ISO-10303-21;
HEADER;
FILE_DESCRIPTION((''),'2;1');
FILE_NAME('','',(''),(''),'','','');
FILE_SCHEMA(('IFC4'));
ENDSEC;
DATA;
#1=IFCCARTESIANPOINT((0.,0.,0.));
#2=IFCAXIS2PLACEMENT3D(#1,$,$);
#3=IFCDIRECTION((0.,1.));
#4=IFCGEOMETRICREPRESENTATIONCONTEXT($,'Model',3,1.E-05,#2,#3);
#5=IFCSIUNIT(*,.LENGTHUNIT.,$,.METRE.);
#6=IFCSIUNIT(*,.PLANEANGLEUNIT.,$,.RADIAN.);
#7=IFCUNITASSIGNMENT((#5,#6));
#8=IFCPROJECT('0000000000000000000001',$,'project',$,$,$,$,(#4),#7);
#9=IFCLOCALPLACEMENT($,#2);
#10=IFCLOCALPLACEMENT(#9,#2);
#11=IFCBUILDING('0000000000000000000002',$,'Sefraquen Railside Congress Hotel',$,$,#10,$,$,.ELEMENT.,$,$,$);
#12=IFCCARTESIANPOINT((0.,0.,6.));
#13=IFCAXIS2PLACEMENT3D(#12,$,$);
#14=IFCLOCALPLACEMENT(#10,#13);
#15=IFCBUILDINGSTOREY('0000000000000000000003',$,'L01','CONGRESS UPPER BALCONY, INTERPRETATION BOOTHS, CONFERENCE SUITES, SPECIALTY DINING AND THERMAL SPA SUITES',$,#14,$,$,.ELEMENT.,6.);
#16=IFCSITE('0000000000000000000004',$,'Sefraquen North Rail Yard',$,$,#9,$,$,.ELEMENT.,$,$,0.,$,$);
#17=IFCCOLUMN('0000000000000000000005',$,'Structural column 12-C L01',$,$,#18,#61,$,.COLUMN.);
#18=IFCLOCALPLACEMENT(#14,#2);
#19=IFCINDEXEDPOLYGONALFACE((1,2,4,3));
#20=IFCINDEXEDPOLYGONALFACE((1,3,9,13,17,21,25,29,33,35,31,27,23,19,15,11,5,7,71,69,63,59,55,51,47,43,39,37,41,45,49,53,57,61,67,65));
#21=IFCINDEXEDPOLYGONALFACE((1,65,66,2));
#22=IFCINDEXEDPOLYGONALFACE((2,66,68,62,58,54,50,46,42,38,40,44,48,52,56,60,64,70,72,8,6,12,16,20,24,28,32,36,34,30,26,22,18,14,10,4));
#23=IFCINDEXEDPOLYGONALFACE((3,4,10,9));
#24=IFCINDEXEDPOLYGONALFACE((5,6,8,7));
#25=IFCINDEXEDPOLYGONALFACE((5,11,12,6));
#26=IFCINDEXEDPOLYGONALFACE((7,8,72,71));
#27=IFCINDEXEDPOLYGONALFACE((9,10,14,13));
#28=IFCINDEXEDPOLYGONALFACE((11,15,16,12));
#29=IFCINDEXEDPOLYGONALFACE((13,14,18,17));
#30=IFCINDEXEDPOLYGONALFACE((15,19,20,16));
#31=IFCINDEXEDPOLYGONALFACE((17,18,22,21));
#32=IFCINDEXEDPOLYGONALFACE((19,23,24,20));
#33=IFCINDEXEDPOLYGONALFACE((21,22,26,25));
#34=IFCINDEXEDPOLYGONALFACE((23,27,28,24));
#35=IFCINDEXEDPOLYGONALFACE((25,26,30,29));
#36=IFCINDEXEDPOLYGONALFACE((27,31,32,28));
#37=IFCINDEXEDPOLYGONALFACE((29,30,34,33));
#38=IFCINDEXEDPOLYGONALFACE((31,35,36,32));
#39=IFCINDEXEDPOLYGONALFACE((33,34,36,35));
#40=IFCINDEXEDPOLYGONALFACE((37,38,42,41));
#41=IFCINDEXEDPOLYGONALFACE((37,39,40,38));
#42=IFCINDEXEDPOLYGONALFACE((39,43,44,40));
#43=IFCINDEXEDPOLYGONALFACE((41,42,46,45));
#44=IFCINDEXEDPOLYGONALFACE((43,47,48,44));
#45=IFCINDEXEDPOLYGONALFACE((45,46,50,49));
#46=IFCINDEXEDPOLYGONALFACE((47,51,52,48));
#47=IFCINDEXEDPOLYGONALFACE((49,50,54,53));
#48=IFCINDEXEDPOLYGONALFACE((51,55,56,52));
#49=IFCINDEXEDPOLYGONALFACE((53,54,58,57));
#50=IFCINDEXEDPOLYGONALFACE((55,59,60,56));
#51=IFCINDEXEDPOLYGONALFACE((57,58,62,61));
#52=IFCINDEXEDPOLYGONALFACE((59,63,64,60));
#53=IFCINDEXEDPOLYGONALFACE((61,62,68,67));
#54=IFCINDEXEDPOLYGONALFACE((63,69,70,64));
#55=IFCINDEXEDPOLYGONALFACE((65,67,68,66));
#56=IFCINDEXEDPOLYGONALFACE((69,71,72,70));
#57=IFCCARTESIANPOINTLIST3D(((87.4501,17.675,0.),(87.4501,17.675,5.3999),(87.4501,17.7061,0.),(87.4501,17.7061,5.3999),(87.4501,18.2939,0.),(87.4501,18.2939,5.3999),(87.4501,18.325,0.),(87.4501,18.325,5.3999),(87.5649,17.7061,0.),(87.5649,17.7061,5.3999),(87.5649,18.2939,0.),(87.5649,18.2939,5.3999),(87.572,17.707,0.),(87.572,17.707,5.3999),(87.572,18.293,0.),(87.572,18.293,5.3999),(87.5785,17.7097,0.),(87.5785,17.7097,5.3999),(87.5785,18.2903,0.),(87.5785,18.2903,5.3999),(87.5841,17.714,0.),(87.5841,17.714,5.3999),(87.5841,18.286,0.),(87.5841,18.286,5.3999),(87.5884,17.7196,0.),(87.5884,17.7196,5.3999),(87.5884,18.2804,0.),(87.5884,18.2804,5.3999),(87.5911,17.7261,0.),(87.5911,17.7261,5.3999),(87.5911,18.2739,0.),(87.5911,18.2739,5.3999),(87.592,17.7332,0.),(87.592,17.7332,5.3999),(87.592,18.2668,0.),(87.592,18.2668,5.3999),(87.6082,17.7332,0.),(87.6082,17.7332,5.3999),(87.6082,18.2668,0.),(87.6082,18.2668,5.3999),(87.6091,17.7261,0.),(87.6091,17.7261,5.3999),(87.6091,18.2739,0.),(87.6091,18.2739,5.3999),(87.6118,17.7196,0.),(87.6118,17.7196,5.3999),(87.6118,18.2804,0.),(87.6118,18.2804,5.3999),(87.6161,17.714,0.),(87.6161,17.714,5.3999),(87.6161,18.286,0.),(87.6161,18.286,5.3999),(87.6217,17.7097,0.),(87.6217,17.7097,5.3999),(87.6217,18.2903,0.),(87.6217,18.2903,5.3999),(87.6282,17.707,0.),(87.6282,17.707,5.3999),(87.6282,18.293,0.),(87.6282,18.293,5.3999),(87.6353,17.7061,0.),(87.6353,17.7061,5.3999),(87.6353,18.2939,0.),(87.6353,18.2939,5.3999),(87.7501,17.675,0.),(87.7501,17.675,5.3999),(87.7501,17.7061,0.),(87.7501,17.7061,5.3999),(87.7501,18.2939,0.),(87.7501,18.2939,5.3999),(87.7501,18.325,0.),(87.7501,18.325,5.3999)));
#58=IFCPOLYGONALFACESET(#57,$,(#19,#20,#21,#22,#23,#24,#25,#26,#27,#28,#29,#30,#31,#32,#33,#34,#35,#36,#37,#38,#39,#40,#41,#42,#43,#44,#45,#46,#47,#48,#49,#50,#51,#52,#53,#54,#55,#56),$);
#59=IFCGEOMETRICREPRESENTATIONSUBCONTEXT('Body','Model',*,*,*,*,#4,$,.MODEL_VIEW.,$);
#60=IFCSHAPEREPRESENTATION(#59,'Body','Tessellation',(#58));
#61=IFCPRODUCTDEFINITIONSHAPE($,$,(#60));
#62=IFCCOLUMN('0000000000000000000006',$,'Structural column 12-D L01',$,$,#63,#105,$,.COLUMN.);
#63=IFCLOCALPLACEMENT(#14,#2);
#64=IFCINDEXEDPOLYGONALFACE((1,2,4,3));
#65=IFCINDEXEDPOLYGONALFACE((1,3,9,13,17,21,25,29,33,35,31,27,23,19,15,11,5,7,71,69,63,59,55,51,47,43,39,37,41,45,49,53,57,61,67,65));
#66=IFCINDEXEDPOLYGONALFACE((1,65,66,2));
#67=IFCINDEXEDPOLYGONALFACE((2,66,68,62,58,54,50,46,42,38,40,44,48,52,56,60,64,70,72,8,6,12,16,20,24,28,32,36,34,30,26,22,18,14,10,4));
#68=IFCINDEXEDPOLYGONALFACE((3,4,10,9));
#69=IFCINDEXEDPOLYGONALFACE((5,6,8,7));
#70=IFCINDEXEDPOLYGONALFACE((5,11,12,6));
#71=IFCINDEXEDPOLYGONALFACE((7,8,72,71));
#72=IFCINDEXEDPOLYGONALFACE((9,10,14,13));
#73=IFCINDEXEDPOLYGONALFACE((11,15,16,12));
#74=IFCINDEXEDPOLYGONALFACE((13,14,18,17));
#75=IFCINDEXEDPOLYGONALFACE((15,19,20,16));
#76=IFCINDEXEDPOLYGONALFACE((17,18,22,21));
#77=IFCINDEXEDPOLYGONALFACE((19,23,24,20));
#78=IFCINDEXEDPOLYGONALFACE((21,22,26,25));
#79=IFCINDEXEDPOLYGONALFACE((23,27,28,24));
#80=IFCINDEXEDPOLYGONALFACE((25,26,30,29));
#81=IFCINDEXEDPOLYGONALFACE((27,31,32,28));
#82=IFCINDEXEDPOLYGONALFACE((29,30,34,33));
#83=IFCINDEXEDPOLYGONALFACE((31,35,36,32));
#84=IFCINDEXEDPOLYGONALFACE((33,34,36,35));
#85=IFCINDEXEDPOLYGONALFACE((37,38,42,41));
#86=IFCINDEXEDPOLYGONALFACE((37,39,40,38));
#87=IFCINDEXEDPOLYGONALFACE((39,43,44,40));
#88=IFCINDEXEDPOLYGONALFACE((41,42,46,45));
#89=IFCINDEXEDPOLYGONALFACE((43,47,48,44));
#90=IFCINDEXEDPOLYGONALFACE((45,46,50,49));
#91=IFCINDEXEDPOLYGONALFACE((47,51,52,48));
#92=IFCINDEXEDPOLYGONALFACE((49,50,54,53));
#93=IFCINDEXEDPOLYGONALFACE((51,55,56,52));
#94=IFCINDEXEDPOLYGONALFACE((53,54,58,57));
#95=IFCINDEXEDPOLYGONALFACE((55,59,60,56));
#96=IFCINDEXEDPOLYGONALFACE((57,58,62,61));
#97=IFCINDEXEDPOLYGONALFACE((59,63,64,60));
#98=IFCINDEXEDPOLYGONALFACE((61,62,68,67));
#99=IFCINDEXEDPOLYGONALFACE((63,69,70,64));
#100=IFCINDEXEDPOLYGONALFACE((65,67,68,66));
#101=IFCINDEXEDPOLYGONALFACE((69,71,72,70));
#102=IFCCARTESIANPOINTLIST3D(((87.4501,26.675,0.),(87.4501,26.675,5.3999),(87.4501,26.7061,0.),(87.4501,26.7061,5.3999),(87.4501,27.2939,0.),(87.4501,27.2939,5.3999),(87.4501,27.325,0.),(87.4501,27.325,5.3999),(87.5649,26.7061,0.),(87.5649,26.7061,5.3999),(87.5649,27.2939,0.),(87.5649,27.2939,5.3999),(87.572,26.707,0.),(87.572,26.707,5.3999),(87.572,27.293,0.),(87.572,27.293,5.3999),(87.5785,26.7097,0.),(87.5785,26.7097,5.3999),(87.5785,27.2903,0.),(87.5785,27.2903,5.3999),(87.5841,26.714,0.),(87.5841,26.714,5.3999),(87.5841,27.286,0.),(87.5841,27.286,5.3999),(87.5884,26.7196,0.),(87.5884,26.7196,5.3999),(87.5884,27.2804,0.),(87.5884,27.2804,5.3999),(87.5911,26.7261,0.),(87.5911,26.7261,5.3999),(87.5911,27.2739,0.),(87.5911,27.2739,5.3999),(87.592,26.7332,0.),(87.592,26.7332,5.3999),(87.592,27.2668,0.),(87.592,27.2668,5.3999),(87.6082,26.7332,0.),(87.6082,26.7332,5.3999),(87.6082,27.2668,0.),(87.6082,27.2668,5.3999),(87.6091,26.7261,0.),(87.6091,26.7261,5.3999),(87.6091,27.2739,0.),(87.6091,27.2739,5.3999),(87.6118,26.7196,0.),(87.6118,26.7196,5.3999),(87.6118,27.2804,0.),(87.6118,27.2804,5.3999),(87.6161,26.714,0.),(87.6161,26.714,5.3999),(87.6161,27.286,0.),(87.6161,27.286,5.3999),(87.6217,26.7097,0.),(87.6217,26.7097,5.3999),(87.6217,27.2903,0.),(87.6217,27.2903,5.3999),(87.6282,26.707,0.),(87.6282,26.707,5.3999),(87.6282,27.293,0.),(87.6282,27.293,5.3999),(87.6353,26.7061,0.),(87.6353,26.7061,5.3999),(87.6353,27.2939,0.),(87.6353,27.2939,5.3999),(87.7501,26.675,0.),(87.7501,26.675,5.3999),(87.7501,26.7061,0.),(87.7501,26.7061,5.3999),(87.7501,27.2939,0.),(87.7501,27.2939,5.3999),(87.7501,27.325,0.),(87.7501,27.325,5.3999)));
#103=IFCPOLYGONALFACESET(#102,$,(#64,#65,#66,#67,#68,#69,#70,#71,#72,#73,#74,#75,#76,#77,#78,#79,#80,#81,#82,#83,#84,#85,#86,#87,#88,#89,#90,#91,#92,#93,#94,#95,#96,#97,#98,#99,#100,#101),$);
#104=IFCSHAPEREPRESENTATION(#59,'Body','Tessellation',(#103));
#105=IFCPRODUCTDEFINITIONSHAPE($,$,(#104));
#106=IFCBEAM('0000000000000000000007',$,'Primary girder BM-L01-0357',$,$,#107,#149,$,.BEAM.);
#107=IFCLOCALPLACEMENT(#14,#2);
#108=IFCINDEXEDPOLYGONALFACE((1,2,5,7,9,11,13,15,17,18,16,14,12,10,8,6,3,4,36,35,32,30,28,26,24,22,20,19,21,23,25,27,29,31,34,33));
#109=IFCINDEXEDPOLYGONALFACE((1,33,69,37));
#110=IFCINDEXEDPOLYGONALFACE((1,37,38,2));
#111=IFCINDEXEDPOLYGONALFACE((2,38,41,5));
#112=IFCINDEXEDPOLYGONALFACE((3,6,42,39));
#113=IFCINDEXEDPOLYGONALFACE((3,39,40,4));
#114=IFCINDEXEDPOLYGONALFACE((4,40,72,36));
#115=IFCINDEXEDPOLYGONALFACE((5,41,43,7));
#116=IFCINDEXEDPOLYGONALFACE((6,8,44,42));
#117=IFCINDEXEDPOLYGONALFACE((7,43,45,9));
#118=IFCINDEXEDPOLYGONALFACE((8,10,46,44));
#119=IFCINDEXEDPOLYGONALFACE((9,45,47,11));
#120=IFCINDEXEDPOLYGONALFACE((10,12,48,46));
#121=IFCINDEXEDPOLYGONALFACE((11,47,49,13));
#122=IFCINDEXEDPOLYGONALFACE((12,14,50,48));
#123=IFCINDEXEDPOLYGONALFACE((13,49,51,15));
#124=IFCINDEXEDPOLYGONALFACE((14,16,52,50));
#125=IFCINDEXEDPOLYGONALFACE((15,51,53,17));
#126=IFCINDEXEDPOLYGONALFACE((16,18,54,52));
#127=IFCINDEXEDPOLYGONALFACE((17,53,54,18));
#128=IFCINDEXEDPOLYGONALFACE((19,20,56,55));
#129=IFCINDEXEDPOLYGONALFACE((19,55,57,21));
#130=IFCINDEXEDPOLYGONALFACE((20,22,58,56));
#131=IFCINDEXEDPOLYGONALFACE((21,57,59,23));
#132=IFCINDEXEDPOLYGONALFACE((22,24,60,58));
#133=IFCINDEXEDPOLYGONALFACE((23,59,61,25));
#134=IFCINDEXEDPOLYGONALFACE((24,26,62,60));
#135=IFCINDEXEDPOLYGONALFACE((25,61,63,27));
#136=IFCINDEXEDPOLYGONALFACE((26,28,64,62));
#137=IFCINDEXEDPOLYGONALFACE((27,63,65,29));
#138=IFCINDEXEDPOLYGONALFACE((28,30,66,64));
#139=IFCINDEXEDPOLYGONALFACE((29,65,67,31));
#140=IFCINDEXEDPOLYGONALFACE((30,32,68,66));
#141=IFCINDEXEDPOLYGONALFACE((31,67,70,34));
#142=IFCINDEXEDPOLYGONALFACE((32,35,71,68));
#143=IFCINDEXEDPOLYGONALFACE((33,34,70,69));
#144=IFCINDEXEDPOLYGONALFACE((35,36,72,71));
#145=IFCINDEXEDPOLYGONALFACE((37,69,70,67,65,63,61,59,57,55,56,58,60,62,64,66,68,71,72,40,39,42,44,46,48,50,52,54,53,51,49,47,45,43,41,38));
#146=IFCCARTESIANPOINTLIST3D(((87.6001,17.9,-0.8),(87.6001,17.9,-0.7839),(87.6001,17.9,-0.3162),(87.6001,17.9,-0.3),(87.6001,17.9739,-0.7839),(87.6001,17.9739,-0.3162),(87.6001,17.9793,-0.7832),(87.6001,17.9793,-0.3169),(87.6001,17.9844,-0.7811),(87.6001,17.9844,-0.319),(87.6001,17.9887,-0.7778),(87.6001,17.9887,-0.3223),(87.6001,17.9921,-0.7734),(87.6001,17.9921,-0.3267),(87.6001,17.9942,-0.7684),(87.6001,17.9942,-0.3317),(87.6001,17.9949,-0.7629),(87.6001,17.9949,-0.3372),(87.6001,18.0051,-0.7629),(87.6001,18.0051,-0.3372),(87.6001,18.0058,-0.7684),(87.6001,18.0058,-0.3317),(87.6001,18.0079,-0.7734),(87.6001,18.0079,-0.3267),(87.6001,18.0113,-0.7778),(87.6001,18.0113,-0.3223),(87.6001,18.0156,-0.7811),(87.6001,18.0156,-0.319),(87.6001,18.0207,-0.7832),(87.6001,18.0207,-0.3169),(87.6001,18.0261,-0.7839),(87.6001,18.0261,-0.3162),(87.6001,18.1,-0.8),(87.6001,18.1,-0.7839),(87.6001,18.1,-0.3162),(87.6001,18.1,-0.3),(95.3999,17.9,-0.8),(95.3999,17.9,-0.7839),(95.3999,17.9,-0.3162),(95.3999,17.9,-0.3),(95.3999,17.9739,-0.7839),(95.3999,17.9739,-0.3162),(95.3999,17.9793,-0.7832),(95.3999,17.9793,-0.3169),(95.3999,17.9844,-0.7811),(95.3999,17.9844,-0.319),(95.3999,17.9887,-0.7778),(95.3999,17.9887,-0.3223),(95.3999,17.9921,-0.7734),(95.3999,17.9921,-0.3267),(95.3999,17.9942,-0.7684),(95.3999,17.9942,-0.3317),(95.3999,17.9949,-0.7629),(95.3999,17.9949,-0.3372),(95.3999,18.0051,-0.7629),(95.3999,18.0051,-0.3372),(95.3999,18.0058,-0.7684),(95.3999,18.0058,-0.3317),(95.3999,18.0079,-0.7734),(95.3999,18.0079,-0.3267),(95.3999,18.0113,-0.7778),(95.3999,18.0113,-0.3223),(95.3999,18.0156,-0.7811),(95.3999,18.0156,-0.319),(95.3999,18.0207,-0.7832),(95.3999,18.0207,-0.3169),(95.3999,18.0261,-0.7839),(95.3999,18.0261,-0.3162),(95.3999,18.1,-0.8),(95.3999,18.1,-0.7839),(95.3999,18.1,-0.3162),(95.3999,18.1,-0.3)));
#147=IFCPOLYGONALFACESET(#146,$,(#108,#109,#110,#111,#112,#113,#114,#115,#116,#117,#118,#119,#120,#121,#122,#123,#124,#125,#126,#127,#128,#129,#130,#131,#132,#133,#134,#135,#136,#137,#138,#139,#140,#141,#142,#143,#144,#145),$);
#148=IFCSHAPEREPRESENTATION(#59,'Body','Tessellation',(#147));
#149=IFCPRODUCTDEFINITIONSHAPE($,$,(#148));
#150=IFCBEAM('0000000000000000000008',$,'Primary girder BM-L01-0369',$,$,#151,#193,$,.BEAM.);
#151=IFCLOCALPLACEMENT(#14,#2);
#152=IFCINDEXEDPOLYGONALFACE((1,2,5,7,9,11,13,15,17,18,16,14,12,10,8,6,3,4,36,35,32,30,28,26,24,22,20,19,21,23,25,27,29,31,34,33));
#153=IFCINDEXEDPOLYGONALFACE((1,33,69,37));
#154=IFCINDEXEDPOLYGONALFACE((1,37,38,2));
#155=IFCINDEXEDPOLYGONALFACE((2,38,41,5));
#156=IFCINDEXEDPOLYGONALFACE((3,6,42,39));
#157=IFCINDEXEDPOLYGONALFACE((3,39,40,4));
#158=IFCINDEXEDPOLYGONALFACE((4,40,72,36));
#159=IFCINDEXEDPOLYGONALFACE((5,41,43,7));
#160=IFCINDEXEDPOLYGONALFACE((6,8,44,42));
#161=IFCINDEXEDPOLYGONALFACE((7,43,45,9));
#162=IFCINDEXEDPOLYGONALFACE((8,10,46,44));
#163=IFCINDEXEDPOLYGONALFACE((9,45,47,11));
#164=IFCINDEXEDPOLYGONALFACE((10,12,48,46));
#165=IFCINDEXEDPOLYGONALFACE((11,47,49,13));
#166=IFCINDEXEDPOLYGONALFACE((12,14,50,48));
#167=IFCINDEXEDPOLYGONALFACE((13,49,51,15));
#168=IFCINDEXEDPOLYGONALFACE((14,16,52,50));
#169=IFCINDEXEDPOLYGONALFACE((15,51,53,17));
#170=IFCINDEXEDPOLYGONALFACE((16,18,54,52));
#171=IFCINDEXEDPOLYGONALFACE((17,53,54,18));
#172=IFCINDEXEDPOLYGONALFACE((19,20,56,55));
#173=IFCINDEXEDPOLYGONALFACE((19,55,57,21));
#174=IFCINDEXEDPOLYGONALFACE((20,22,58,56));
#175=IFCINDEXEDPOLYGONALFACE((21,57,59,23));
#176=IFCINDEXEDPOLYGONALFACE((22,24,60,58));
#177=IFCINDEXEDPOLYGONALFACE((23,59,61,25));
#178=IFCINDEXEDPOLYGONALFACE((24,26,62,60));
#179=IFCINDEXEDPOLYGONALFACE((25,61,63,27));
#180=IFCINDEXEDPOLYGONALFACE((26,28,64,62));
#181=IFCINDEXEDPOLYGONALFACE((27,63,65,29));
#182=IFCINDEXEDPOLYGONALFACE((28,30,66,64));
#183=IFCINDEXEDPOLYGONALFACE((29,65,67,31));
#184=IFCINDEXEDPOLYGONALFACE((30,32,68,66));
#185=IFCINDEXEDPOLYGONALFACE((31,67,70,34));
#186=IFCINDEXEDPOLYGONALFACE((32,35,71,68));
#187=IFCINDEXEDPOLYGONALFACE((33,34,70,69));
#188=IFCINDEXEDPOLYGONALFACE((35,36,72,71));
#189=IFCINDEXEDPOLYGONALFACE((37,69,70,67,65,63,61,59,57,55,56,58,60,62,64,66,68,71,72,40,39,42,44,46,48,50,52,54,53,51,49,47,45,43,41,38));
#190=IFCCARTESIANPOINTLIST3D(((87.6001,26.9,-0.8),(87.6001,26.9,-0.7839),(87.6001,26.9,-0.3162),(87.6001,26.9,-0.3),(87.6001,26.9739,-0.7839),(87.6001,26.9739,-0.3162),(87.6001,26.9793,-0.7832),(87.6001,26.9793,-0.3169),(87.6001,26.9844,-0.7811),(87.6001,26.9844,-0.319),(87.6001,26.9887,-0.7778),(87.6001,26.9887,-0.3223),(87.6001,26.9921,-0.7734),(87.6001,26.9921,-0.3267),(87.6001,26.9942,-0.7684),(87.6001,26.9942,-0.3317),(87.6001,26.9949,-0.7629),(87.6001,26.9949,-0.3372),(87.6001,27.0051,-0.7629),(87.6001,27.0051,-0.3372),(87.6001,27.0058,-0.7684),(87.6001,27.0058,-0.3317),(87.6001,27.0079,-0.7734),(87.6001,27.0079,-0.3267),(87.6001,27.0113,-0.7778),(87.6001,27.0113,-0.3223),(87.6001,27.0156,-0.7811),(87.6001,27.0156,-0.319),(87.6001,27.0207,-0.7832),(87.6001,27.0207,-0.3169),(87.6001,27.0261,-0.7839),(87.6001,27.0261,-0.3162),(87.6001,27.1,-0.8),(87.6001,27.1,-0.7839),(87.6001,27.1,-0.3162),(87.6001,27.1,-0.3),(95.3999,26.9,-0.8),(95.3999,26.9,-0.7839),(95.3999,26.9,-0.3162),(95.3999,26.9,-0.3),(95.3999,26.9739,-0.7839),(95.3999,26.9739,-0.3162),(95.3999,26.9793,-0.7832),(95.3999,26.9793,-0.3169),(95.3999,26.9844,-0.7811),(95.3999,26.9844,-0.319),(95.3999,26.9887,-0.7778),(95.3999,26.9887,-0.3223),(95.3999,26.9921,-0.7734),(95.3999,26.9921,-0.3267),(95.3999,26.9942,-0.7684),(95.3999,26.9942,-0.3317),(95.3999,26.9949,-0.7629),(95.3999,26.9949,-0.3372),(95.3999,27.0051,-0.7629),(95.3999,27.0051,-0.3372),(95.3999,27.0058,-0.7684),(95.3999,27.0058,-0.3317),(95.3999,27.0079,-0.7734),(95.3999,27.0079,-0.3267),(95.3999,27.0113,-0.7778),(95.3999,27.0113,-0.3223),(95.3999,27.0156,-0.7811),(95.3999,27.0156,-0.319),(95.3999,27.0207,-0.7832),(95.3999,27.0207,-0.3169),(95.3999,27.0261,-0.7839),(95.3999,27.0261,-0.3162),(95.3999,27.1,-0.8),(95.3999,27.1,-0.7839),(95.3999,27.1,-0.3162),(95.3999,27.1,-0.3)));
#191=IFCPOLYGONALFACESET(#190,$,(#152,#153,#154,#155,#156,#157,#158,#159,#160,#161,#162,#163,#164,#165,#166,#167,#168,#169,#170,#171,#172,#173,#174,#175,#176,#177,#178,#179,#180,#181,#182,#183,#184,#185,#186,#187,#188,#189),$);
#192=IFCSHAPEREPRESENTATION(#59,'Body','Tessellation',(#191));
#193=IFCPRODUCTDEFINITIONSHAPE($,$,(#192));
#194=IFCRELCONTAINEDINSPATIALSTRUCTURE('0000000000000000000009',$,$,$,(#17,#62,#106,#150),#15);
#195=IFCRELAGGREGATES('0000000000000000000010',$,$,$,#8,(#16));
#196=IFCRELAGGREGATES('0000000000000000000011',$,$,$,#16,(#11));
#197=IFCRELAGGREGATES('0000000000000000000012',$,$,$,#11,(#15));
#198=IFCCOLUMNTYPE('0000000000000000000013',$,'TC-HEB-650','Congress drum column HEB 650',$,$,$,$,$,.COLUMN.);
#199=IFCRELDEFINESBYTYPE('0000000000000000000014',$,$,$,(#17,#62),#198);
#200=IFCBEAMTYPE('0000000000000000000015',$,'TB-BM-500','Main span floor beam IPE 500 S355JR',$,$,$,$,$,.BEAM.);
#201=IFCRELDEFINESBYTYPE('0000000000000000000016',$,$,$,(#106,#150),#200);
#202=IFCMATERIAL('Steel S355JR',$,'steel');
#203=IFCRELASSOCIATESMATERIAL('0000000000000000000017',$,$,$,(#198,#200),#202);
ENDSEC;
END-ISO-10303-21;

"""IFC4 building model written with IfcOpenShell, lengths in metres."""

from ifc_helpers import new_model, si_unit, direction, frame, origin, origin_2d, place, context, subcontext, project, spatial, i_section, extrude, material, material_profile, profile_set, type_object, element, save


model = new_model("IFC4")

# Units and contexts
model_context = context("Model", 3, precision=1e-05, world=origin(), true_north=direction((0.0, 1.0)))
body_context = subcontext(model_context, "Body", "Model", "MODEL_VIEW")
ifc_project = project(units=[si_unit("LENGTHUNIT", "METRE"), si_unit("PLANEANGLEUNIT", "RADIAN")], contexts=[model_context])

# Site, building, storey
site_placement = place(None, origin())
site = spatial("IfcSite", under=ifc_project, at=site_placement, Name="Sefraquen North Rail Yard", CompositionType="ELEMENT", RefElevation=0.0)
building_placement = place(site_placement, origin())
building = spatial("IfcBuilding", under=site, at=building_placement, Name="Sefraquen Railside Congress Hotel", CompositionType="ELEMENT")
storey_placement = place(building_placement, frame((0.0, 0.0, 6.0)))
storey = spatial("IfcBuildingStorey", under=building, at=storey_placement, Name="L01", Description="CONGRESS UPPER BALCONY, INTERPRETATION BOOTHS, CONFERENCE SUITES, SPECIALTY DINING AND THERMAL SPA SUITES", CompositionType="ELEMENT", Elevation=6.0)

# Columns
ifc_material_1 = material(Name="Steel S355JR", Category="steel")
ifc_material_profile_1 = material_profile(ifc_material_1, i_section(OverallWidth=0.3, OverallDepth=0.6499, WebThickness=0.0161, FlangeThickness=0.031, FilletRadius=0.0271, at=origin_2d()), Name="HEB 650")
ifc_profile_set_1 = profile_set([ifc_material_profile_1], Name="Steel S355JR")
column_type = type_object("IfcColumnType", Name="TC-HEB-650", Description="Congress drum column HEB 650", PredefinedType="COLUMN", material=ifc_profile_set_1)
for number, where, z_axis, x_axis, name in (
    (1, (87.6001, 18.0, 0.0), (0.0, 0.0, 1.0), (1.0, 0.0, 0.0), "Structural column 12-C L01"),
    (2, (87.6001, 27.0, 0.0), (0.0, 0.0, 1.0), (1.0, 0.0, 0.0), "Structural column 12-D L01"),
):
    element("IfcColumn", number, at=place(storey_placement, frame(where, z_axis=z_axis, x_axis=x_axis)), inside=storey, type_object=column_type, Name=name, PredefinedType="COLUMN", context=body_context, shape_type="SweptSolid", body=[
        extrude(i_section(OverallWidth=0.3, OverallDepth=0.6499, WebThickness=0.0161, FlangeThickness=0.031, FilletRadius=0.0271, at=origin_2d()), origin(), (0.0, 0.0, 1.0), 5.3999),
    ])

# Beams
ifc_material_profile_2 = material_profile(ifc_material_1, i_section(OverallWidth=0.2, OverallDepth=0.5, WebThickness=0.0103, FlangeThickness=0.0161, FilletRadius=0.021, at=origin_2d()), Name="IPE 500")
ifc_profile_set_2 = profile_set([ifc_material_profile_2], Name="Steel S355JR")
beam_type_1 = type_object("IfcBeamType", Name="TB-BM-500", Description="Main span floor beam IPE 500 S355JR", PredefinedType="BEAM", material=ifc_profile_set_2)
for number, where, z_axis, x_axis, name in (
    (3, (87.6001, 18.0, -0.55), (1.0, 0.0, 0.0), (0.0, 1.0, 0.0), "Primary girder BM-L01-0357"),
    (4, (87.6001, 27.0, -0.55), (1.0, 0.0, 0.0), (0.0, 1.0, 0.0), "Primary girder BM-L01-0369"),
):
    element("IfcBeam", number, at=place(storey_placement, frame(where, z_axis=z_axis, x_axis=x_axis)), inside=storey, type_object=beam_type_1, Name=name, PredefinedType="BEAM", context=body_context, shape_type="SweptSolid", body=[
        extrude(i_section(OverallWidth=0.2, OverallDepth=0.5, WebThickness=0.0103, FlangeThickness=0.0161, FilletRadius=0.021, at=origin_2d()), origin(), (0.0, 0.0, 1.0), 7.7998),
    ])

save(model, "model.ifc")
